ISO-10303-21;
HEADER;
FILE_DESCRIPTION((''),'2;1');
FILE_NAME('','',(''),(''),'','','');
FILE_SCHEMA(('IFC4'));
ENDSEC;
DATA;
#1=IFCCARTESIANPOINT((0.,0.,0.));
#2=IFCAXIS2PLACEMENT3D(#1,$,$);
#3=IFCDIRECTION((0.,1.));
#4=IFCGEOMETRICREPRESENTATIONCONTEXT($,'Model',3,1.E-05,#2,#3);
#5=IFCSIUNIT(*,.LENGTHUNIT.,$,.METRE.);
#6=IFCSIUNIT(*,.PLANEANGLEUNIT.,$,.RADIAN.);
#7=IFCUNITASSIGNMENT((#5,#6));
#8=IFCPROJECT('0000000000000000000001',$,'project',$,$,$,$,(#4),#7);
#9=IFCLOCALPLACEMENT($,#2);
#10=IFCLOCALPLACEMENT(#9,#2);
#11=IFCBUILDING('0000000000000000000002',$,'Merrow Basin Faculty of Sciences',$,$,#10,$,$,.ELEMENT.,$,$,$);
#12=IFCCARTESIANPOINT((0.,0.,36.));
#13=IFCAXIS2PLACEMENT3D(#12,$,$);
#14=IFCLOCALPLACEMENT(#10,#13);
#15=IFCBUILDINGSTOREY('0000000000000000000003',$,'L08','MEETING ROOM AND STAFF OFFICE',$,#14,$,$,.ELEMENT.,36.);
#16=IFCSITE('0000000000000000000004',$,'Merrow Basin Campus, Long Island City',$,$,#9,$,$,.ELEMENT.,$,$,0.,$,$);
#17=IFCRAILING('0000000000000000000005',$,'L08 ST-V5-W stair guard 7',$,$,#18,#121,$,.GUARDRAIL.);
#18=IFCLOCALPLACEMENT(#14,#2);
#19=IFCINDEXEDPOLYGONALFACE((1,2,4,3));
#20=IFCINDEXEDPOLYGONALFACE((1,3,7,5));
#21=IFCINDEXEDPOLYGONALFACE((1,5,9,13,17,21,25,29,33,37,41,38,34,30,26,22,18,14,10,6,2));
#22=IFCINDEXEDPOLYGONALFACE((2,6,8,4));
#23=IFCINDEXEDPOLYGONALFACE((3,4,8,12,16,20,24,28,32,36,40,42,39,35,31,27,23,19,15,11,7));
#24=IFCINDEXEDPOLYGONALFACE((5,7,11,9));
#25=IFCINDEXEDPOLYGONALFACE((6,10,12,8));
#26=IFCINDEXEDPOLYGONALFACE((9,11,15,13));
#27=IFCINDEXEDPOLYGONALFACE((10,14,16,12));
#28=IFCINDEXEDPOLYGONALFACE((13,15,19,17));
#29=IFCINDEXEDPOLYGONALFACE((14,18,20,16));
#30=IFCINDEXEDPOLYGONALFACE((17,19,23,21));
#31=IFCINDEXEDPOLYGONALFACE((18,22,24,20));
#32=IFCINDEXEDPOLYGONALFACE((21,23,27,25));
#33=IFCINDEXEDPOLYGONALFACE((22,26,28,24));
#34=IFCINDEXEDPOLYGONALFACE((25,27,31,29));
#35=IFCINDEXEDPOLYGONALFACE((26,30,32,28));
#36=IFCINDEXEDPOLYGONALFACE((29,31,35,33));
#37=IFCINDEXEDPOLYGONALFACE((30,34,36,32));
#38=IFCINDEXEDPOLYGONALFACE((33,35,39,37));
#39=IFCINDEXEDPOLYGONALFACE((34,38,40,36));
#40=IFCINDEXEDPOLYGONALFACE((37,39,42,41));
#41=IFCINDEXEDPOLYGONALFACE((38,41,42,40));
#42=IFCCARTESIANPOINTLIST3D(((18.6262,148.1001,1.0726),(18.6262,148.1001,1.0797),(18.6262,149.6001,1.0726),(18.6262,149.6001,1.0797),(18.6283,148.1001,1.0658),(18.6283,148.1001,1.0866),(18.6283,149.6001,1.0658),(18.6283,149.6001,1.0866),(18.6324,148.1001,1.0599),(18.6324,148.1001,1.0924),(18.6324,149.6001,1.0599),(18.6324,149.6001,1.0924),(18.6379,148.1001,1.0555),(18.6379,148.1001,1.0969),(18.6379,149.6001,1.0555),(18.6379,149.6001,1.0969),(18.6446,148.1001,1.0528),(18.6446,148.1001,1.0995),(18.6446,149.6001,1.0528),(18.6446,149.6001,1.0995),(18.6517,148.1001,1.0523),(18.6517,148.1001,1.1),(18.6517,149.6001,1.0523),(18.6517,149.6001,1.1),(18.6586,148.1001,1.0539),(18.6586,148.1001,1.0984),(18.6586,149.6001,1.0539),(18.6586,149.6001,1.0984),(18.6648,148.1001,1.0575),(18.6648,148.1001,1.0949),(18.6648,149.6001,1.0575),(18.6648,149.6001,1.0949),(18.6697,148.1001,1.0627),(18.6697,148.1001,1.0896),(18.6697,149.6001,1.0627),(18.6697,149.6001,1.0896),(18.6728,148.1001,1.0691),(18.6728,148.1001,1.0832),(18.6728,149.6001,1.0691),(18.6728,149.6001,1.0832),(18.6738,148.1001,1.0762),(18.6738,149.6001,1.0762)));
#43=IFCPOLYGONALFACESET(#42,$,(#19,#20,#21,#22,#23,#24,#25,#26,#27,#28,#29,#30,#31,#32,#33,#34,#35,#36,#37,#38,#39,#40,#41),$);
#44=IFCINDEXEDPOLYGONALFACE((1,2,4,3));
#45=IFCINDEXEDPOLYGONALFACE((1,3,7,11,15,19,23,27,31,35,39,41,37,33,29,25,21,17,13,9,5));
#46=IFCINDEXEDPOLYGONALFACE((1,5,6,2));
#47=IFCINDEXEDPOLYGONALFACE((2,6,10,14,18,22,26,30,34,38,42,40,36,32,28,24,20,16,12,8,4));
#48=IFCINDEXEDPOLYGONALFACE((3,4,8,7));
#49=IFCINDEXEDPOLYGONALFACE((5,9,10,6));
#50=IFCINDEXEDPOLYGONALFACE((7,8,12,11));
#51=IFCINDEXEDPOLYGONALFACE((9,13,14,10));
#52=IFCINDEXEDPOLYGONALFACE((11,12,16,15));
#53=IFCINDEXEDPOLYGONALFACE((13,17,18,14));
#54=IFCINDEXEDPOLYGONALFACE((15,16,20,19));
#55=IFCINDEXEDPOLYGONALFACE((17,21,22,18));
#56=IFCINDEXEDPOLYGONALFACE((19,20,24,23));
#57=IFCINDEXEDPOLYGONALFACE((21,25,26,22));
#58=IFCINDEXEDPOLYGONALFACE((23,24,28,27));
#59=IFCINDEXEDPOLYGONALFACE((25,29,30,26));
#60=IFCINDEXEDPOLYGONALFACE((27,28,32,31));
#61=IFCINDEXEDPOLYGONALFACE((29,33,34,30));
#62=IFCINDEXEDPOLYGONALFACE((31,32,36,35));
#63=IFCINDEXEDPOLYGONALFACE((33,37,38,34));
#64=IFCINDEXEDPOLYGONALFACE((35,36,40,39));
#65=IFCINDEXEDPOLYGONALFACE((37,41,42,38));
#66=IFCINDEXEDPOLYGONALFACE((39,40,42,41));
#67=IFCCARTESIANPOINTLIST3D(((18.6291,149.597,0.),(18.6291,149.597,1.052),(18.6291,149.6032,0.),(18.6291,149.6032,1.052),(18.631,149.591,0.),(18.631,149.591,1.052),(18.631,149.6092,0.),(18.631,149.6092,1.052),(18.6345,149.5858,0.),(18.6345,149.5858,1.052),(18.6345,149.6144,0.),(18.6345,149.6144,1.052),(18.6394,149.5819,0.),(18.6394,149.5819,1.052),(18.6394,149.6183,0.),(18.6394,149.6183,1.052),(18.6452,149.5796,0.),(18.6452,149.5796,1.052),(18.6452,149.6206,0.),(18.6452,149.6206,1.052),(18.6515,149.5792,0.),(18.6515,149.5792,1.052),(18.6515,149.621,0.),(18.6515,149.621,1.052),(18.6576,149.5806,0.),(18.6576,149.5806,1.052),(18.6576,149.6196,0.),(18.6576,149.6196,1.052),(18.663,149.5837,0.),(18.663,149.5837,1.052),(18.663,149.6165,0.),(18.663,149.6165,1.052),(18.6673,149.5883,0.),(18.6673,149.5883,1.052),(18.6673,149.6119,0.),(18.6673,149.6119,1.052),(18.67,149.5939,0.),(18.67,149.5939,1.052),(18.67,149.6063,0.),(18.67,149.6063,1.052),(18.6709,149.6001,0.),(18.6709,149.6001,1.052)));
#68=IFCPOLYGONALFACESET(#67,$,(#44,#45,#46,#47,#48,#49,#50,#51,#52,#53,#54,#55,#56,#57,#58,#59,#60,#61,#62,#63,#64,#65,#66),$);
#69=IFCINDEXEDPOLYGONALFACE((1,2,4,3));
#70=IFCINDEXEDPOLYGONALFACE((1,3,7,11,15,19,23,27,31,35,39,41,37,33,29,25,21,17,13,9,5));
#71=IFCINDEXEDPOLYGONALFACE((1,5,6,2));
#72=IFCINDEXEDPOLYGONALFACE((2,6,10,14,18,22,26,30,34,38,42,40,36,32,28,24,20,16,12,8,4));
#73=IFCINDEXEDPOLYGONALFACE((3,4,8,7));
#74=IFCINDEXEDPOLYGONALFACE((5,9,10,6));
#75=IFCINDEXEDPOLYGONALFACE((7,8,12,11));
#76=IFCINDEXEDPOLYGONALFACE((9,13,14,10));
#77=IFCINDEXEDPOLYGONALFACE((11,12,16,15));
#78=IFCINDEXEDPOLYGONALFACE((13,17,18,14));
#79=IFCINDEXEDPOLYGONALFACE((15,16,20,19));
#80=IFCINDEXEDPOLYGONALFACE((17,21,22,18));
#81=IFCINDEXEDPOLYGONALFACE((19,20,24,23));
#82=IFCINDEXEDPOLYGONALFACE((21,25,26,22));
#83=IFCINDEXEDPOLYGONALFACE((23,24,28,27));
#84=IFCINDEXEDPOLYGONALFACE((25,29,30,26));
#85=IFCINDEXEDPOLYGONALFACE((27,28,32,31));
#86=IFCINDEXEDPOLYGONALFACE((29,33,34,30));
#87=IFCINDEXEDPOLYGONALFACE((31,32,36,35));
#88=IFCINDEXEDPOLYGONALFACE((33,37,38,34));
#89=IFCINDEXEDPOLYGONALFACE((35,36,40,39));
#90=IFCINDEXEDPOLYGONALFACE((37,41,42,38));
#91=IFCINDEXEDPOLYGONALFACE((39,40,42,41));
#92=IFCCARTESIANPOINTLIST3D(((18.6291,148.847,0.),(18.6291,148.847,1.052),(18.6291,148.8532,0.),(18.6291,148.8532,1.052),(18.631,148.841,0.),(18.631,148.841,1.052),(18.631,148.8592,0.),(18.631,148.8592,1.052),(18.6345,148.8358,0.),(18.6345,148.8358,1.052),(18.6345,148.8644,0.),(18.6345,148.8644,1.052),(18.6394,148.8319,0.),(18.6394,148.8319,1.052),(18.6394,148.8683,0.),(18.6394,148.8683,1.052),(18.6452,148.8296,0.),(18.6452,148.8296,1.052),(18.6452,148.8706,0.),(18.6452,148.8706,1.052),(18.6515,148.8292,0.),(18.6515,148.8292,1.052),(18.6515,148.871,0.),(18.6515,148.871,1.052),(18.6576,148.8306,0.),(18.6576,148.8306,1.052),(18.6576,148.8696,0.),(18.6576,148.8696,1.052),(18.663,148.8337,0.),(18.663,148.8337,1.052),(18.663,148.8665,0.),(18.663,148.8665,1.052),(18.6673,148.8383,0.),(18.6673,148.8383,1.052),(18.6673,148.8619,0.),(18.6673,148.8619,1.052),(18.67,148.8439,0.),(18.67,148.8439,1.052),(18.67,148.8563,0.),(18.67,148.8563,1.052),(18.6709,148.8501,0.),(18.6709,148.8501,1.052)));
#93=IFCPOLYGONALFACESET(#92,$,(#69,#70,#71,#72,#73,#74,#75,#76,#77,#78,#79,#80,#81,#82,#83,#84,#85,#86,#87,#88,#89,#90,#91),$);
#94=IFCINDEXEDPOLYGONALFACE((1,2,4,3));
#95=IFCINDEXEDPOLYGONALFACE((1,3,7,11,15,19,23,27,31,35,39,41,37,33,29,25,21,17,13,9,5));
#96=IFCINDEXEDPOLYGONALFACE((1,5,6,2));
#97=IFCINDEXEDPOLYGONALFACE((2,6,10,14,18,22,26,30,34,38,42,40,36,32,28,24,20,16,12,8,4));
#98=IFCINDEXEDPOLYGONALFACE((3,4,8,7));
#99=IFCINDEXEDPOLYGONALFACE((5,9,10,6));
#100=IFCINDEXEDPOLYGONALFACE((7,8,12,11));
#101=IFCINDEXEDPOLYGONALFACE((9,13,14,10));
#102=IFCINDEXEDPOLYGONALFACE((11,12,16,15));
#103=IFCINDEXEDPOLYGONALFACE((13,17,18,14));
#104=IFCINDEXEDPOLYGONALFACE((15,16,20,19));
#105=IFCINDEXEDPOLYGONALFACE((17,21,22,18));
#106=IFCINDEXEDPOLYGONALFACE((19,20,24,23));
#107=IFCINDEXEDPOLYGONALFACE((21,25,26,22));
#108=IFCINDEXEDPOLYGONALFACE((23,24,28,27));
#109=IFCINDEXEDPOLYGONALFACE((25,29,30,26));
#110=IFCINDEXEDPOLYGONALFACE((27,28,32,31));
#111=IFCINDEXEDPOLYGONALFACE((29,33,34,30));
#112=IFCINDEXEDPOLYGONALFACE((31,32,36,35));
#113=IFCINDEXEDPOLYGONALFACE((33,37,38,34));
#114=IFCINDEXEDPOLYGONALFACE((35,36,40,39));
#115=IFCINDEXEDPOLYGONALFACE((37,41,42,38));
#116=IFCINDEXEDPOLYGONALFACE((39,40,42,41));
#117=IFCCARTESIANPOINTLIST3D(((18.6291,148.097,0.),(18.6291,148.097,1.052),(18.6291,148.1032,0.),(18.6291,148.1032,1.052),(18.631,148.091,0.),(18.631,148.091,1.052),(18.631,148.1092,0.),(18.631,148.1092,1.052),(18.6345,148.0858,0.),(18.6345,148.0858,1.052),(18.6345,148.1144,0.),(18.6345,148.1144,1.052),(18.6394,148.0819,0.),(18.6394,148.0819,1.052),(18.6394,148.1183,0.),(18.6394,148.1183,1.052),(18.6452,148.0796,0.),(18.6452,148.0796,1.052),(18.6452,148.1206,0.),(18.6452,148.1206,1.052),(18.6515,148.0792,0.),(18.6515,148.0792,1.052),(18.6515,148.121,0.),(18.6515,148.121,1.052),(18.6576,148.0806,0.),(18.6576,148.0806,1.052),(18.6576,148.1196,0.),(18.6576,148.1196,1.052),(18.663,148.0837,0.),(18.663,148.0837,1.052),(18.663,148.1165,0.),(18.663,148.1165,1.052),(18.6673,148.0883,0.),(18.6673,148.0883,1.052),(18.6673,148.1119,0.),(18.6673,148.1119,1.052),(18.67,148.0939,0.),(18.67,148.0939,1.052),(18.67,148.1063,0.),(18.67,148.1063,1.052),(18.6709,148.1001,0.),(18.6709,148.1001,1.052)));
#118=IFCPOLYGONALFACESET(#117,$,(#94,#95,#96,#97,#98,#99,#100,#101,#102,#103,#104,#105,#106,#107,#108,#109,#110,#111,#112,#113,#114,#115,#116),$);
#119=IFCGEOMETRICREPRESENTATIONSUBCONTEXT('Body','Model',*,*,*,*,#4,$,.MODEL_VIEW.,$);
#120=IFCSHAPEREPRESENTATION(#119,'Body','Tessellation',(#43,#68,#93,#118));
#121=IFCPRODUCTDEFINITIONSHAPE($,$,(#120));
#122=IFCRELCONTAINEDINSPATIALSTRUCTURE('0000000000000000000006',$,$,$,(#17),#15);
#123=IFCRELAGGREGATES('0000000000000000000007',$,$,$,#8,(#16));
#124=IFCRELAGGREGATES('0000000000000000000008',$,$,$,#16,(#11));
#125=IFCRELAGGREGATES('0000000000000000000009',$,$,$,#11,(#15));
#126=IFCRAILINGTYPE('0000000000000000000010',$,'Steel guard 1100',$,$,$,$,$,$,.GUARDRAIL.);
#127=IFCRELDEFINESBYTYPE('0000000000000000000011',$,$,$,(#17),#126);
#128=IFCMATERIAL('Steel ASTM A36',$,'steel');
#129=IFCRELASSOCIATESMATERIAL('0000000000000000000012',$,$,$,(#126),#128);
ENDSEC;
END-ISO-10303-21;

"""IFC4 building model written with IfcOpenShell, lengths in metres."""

from ifc_helpers import new_model, si_unit, direction, frame, origin, origin_2d, place, context, subcontext, project, spatial, circle, extrude, material, type_object, element, save


model = new_model("IFC4")

# Units and contexts
model_context = context("Model", 3, precision=1e-05, world=origin(), true_north=direction((0.0, 1.0)))
body_context = subcontext(model_context, "Body", "Model", "MODEL_VIEW")
ifc_project = project(units=[si_unit("LENGTHUNIT", "METRE"), si_unit("PLANEANGLEUNIT", "RADIAN")], contexts=[model_context])

# Site, building, storey
site_placement = place(None, origin())
site = spatial("IfcSite", under=ifc_project, at=site_placement, Name="Merrow Basin Campus, Long Island City", CompositionType="ELEMENT", RefElevation=0.0)
building_placement = place(site_placement, origin())
building = spatial("IfcBuilding", under=site, at=building_placement, Name="Merrow Basin Faculty of Sciences", CompositionType="ELEMENT")
storey_placement = place(building_placement, frame((0.0, 0.0, 36.0)))
storey = spatial("IfcBuildingStorey", under=building, at=storey_placement, Name="L08", Description="MEETING ROOM AND STAFF OFFICE", CompositionType="ELEMENT", Elevation=36.0)

# Railing
ifc_material_1 = material(Name="Steel ASTM A36", Category="steel")
railing_type_1 = type_object("IfcRailingType", Name="Steel guard 1100", PredefinedType="GUARDRAIL", material=ifc_material_1)
railing_1_placement = place(storey_placement, frame((18.6499, 149.6001, 0.0)))
element("IfcRailing", 1, at=railing_1_placement, inside=storey, type_object=railing_type_1, Name="L08 ST-V5-W stair guard 7", PredefinedType="GUARDRAIL", context=body_context, shape_type="SweptSolid", body=[
    extrude(circle(Radius=0.0239, at=origin_2d()), frame((0.0, 0.0, 1.0762), z_axis=(0.0, -1.0, 0.0), x_axis=(1.0, 0.0, 0.0)), (0.0, 0.0, 1.0), 1.5),
    extrude(circle(Radius=0.021, at=origin_2d()), origin(), (0.0, 0.0, 1.0), 1.052),
    extrude(circle(Radius=0.021, at=origin_2d()), frame((0.0, -0.75, 0.0)), (0.0, 0.0, 1.0), 1.052),
    extrude(circle(Radius=0.021, at=origin_2d()), frame((0.0, -1.5, 0.0)), (0.0, 0.0, 1.0), 1.052),
])

save(model, "model.ifc")
